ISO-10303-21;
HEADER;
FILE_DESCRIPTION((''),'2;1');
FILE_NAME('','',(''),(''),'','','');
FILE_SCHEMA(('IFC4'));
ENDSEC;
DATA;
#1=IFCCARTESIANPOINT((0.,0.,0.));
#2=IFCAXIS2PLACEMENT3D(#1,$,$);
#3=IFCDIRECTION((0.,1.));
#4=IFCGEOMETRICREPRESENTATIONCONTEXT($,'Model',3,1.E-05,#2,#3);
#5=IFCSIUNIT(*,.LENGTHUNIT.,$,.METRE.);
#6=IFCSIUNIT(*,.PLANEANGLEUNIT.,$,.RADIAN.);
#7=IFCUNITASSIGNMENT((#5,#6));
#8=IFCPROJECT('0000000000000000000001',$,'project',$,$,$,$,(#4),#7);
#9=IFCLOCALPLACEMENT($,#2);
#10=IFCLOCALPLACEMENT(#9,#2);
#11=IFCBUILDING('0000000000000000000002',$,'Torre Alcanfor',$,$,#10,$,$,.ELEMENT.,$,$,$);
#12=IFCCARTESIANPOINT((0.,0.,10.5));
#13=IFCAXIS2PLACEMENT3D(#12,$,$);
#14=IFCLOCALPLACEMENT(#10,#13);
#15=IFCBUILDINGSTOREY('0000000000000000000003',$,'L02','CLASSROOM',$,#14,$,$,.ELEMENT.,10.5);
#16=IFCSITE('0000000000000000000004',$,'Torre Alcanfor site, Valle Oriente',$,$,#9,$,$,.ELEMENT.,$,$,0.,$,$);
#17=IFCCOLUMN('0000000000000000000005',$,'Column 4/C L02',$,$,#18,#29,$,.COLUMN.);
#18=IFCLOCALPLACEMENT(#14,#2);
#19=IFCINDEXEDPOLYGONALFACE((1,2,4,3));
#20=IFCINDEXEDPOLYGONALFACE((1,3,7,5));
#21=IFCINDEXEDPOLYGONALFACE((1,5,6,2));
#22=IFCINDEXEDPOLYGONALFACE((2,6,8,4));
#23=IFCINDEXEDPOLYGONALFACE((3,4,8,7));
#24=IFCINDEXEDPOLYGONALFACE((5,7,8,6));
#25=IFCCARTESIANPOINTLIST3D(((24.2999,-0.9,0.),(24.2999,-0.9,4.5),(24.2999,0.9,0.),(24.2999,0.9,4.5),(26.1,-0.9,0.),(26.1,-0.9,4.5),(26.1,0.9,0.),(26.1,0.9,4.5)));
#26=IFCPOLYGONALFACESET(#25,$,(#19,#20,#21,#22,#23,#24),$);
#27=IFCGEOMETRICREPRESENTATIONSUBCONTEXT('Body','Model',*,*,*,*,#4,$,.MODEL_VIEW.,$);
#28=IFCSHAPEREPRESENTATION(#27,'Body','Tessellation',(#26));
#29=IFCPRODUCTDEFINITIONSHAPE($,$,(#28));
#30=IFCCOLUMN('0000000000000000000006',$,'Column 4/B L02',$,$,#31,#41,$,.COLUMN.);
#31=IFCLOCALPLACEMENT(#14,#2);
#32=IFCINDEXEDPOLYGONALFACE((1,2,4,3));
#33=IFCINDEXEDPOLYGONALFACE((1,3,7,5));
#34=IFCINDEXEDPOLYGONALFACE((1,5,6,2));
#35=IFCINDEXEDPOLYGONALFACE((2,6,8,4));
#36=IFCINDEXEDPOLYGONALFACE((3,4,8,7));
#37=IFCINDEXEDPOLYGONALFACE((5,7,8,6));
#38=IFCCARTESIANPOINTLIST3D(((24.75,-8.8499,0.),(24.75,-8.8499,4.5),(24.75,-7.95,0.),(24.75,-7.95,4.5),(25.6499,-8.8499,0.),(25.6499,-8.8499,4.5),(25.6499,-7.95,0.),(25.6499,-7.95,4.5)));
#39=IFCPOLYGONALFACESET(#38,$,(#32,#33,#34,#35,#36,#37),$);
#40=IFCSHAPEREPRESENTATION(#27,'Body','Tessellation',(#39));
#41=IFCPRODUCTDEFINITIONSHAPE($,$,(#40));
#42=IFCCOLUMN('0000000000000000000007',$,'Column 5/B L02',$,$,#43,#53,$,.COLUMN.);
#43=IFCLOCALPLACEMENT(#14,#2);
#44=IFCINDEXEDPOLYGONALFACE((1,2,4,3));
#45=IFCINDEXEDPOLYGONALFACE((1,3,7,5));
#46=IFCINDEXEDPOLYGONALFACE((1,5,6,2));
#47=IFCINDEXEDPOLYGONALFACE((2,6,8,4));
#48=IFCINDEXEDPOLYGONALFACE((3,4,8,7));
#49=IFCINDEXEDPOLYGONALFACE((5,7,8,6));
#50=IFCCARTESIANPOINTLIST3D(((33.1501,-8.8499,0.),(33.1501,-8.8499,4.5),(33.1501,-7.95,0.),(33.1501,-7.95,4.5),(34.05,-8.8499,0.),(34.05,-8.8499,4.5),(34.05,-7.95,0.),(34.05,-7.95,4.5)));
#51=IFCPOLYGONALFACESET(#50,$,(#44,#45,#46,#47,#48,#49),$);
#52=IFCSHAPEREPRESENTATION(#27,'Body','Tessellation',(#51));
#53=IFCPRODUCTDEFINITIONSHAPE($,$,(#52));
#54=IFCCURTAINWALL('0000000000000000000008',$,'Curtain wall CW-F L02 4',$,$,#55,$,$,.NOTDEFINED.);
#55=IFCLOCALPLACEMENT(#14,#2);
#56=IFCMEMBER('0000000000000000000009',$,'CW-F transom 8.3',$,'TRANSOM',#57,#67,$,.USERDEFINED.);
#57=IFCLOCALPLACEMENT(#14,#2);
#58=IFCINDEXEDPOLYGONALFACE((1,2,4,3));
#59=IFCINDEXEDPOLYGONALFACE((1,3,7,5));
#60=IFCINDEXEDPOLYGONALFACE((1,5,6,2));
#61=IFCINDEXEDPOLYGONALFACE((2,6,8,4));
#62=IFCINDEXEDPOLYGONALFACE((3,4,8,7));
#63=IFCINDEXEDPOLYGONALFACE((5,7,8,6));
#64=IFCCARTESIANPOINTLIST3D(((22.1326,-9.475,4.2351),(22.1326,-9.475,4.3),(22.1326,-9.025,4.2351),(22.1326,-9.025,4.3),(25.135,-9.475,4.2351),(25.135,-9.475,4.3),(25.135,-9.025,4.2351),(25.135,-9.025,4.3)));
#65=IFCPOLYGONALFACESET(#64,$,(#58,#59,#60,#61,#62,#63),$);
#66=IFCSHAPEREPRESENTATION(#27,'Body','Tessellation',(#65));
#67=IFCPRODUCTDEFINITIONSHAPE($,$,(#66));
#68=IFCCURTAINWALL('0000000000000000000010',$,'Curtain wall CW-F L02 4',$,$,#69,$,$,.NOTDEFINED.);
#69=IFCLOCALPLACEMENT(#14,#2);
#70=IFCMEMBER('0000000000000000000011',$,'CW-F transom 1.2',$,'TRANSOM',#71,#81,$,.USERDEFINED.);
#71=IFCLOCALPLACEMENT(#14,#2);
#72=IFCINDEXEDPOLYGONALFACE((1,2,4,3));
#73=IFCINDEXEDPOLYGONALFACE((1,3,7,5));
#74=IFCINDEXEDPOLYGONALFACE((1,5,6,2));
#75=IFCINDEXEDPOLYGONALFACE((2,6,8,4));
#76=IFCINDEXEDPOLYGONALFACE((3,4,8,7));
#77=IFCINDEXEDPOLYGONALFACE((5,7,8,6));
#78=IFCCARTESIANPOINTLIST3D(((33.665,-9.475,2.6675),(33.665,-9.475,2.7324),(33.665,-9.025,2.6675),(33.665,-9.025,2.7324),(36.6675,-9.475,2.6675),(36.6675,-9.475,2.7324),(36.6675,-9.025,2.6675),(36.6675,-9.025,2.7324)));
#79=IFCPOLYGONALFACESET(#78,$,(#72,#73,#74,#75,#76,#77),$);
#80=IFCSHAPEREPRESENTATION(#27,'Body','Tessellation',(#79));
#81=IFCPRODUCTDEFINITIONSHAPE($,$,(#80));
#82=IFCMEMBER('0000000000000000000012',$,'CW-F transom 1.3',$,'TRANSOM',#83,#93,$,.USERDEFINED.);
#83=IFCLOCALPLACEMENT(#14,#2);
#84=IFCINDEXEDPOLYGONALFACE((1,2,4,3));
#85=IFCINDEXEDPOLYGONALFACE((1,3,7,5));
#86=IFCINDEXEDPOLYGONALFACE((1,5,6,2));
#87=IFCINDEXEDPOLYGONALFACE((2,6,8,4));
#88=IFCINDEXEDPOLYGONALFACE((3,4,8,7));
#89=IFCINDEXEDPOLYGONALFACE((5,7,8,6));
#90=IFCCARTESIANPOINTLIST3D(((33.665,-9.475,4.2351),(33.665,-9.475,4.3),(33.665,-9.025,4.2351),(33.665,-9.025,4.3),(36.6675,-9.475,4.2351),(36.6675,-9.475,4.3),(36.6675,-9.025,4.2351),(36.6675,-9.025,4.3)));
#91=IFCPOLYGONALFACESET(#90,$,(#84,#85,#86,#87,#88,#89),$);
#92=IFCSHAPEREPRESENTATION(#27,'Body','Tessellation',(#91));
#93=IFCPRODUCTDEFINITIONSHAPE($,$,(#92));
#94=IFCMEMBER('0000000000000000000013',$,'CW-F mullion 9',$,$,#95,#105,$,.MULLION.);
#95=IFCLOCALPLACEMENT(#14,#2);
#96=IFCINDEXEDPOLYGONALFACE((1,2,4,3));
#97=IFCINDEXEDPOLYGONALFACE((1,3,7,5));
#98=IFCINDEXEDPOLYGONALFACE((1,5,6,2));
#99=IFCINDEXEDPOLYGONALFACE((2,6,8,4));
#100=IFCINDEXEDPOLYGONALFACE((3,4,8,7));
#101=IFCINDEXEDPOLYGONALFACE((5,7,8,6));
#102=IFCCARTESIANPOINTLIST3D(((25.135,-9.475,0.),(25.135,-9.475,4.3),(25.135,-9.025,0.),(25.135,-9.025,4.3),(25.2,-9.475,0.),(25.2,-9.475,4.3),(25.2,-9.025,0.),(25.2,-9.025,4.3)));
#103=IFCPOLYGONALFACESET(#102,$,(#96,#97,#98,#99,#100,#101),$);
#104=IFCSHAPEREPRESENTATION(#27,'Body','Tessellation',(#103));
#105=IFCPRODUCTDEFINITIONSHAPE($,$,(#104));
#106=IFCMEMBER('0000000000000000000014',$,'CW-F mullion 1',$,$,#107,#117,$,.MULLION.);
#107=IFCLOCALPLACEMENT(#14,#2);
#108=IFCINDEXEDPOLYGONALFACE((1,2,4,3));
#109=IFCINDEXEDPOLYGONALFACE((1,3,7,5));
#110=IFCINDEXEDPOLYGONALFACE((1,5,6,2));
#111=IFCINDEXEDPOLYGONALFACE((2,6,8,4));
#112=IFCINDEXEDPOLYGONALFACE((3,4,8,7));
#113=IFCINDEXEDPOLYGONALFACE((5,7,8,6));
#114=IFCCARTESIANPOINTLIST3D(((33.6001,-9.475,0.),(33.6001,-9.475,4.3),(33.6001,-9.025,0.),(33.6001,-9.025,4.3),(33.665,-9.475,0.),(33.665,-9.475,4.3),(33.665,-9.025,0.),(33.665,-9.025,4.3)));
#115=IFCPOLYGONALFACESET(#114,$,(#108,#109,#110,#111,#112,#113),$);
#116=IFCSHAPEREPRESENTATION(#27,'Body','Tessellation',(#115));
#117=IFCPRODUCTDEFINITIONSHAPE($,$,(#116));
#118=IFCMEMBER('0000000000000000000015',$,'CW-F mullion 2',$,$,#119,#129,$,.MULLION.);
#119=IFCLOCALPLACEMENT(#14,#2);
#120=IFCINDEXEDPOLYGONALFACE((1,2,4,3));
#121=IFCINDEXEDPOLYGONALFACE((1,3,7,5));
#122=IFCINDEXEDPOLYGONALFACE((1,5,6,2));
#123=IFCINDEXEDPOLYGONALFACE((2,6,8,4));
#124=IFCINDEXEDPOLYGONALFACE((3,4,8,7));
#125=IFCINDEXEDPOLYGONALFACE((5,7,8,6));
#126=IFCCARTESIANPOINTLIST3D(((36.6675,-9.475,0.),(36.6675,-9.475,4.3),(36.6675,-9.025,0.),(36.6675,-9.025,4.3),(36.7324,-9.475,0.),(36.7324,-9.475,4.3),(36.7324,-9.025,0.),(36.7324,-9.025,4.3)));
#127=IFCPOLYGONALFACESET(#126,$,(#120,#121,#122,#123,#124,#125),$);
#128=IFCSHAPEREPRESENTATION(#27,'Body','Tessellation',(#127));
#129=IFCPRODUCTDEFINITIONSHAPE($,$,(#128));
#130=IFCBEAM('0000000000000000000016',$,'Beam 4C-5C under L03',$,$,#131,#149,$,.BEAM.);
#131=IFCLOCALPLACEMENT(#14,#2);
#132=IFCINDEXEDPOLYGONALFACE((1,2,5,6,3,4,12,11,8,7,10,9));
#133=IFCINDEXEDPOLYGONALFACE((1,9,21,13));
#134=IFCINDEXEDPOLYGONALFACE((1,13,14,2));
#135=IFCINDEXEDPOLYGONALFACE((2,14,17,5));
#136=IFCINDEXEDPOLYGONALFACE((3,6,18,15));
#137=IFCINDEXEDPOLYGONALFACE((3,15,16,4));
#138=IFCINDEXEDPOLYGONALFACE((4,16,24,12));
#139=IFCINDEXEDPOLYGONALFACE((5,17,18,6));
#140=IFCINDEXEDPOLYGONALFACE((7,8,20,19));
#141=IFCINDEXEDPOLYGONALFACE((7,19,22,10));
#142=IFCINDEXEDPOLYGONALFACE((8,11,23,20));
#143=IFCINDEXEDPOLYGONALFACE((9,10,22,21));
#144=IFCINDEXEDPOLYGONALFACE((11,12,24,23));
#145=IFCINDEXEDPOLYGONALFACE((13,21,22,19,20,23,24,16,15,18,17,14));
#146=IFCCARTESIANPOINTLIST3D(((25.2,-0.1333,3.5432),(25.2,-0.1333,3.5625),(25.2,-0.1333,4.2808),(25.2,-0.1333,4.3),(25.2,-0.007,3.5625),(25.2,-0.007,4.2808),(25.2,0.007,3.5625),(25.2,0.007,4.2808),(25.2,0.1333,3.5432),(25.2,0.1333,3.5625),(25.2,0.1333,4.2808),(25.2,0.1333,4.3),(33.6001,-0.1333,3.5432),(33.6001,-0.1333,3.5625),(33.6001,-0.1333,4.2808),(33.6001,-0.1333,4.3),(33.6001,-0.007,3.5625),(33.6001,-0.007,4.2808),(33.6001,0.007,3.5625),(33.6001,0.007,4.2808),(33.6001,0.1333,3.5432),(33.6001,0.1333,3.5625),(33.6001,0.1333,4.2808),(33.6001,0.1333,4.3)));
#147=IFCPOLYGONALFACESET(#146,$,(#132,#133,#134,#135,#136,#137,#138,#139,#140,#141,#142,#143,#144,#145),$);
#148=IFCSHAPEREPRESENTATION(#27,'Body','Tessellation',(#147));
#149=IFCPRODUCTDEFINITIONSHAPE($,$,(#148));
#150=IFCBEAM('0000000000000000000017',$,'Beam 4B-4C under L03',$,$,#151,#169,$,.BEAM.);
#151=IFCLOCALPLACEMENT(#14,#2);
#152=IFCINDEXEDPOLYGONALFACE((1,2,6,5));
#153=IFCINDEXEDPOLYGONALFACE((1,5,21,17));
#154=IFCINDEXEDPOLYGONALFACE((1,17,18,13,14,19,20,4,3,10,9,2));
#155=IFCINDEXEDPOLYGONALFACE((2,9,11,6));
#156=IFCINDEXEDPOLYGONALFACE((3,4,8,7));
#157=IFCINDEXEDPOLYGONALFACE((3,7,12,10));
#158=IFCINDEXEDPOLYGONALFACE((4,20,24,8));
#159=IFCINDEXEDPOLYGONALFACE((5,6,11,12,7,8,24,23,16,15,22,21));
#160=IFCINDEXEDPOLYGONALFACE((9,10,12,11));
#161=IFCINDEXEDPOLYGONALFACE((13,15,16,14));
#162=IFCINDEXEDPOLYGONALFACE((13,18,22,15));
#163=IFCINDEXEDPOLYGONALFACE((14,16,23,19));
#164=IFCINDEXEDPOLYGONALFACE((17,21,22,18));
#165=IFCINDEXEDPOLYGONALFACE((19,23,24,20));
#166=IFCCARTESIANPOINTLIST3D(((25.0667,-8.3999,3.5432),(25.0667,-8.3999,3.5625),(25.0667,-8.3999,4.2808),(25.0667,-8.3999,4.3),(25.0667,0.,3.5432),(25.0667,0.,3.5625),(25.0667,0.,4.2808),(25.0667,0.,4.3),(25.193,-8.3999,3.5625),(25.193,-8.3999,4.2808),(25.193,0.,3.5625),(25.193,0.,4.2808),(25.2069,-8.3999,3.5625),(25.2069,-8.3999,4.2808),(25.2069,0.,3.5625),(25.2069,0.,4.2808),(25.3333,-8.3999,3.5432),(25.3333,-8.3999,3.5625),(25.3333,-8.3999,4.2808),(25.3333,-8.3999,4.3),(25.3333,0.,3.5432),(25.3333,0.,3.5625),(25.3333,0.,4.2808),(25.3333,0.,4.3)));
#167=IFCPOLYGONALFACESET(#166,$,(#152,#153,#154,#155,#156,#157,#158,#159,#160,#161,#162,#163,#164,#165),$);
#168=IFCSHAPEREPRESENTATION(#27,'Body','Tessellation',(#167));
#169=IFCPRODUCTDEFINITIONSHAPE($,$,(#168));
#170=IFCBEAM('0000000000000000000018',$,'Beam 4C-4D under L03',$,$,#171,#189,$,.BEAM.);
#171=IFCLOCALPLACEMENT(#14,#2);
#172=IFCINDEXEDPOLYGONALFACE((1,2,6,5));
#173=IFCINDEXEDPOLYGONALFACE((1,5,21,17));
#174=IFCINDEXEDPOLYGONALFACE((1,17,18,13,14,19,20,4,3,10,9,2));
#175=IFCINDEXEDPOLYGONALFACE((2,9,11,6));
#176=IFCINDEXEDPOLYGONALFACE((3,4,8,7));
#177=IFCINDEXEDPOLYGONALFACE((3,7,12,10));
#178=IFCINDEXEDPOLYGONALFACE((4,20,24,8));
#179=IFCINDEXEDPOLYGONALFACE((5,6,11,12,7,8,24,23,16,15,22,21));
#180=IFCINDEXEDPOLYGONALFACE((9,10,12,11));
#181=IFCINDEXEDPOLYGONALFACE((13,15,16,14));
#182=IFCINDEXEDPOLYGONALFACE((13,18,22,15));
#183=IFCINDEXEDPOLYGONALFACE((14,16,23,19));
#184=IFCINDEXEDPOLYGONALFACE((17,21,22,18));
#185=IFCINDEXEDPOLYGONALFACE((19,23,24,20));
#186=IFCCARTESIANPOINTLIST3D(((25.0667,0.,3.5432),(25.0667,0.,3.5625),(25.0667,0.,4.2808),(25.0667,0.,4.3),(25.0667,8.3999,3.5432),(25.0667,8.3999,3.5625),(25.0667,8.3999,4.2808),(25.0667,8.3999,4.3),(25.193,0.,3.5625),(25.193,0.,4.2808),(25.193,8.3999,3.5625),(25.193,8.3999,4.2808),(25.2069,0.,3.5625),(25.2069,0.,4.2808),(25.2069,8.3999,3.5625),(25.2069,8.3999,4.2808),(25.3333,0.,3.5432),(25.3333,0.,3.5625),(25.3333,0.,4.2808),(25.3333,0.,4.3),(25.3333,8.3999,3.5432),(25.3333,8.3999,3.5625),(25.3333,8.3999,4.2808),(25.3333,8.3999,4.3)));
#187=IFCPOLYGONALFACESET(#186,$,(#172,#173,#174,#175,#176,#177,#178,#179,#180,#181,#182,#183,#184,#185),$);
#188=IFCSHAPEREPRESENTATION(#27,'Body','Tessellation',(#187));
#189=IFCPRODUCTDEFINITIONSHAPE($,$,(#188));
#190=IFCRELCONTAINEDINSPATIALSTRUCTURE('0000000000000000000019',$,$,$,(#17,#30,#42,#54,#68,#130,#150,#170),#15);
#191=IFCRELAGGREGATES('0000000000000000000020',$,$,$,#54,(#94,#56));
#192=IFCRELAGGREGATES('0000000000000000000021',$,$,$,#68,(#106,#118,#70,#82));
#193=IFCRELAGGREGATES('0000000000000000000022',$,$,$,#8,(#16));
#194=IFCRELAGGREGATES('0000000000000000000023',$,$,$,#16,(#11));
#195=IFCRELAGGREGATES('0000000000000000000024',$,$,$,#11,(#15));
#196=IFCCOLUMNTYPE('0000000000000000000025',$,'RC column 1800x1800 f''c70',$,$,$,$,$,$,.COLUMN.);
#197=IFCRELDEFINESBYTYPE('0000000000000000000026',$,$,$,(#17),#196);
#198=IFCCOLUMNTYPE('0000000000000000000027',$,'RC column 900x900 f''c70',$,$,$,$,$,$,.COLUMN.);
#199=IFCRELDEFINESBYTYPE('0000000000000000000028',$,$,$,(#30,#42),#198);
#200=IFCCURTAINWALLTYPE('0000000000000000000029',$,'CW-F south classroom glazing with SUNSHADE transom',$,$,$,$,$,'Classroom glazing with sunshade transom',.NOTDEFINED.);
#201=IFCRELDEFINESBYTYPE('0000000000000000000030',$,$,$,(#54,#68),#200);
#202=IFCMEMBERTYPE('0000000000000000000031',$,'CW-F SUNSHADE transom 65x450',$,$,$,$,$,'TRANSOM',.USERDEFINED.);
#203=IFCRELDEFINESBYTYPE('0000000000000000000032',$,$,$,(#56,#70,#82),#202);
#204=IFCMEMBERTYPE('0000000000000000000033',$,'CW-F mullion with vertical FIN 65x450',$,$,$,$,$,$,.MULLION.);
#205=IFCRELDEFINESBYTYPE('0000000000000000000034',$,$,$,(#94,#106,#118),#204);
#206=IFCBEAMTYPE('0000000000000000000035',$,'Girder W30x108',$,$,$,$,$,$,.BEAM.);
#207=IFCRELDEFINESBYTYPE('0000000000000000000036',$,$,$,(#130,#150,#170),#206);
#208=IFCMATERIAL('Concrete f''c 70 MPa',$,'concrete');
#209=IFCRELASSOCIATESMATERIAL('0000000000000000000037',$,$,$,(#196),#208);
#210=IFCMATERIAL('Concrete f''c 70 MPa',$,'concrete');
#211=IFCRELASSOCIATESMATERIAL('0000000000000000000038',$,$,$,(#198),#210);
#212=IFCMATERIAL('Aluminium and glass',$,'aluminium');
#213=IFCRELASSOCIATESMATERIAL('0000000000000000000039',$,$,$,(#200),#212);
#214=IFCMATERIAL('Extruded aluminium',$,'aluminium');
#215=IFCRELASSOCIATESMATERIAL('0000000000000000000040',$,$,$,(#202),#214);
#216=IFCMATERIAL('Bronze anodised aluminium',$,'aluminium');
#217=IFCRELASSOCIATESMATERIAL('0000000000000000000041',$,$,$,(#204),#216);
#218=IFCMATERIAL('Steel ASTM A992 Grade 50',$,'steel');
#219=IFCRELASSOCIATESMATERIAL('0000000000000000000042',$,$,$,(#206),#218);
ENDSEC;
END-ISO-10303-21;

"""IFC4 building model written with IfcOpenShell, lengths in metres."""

from ifc_helpers import new_model, si_unit, direction, frame, origin, origin_2d, place, context, subcontext, project, spatial, rectangle, i_section, extrude, material, material_profile, profile_set, type_object, element, aggregate, save


model = new_model("IFC4")

# Units and contexts
model_context = context("Model", 3, precision=1e-05, world=origin(), true_north=direction((0.0, 1.0)))
body_context = subcontext(model_context, "Body", "Model", "MODEL_VIEW")
ifc_project = project(units=[si_unit("LENGTHUNIT", "METRE"), si_unit("PLANEANGLEUNIT", "RADIAN")], contexts=[model_context])

# Site, building, storey
site_placement = place(None, origin())
site = spatial("IfcSite", under=ifc_project, at=site_placement, Name="Torre Alcanfor site, Valle Oriente", CompositionType="ELEMENT", RefElevation=0.0)
building_placement = place(site_placement, origin())
building = spatial("IfcBuilding", under=site, at=building_placement, Name="Torre Alcanfor", CompositionType="ELEMENT")
storey_placement = place(building_placement, frame((0.0, 0.0, 10.5)))
storey = spatial("IfcBuildingStorey", under=building, at=storey_placement, Name="L02", Description="CLASSROOM", CompositionType="ELEMENT", Elevation=10.5)

# Columns
ifc_material_1 = material(Name="Concrete f'c 70 MPa", Category="concrete")
ifc_material_profile_1 = material_profile(ifc_material_1, rectangle(XDim=1.8, YDim=1.8, at=origin_2d()), Name="1800x1800")
ifc_profile_set_1 = profile_set([ifc_material_profile_1], Name="Concrete f'c 70 MPa")
column_type_1 = type_object("IfcColumnType", Name="RC column 1800x1800 f'c70", PredefinedType="COLUMN", material=ifc_profile_set_1)
column_placement = place(storey_placement, frame((25.2, 0.0, 0.0), z_axis=(0.0, 0.0, 1.0), x_axis=(1.0, 0.0, 0.0)))
element("IfcColumn", 1, at=column_placement, inside=storey, type_object=column_type_1, Name="Column 4/C L02", PredefinedType="COLUMN", context=body_context, shape_type="SweptSolid", body=[
    extrude(rectangle(XDim=1.8, YDim=1.8, at=origin_2d()), origin(), (0.0, 0.0, 1.0), 4.5),
])
ifc_material_2 = material(Name="Concrete f'c 70 MPa", Category="concrete")
ifc_material_profile_2 = material_profile(ifc_material_2, rectangle(XDim=0.8999, YDim=0.8999, at=origin_2d()), Name="900x900")
ifc_profile_set_2 = profile_set([ifc_material_profile_2], Name="Concrete f'c 70 MPa")
column_type_2 = type_object("IfcColumnType", Name="RC column 900x900 f'c70", PredefinedType="COLUMN", material=ifc_profile_set_2)
for number, where, z_axis, x_axis, name in (
    (2, (25.2, -8.3999, 0.0), (0.0, 0.0, 1.0), (1.0, 0.0, 0.0), "Column 4/B L02"),
    (3, (33.6001, -8.3999, 0.0), (0.0, 0.0, 1.0), (1.0, 0.0, 0.0), "Column 5/B L02"),
):
    element("IfcColumn", number, at=place(storey_placement, frame(where, z_axis=z_axis, x_axis=x_axis)), inside=storey, type_object=column_type_2, Name=name, PredefinedType="COLUMN", context=body_context, shape_type="SweptSolid", body=[
        extrude(rectangle(XDim=0.8999, YDim=0.8999, at=origin_2d()), origin(), (0.0, 0.0, 1.0), 4.5),
    ])

# Curtain wall, member
ifc_material_3 = material(Name="Aluminium and glass", Category="aluminium")
curtain_wall_type = type_object("IfcCurtainWallType", Name="CW-F south classroom glazing with SUNSHADE transom", ElementType="Classroom glazing with sunshade transom", PredefinedType="NOTDEFINED", material=ifc_material_3)
curtain_wall_1_placement = place(storey_placement, origin())
curtain_wall_1 = element("IfcCurtainWall", 4, at=curtain_wall_1_placement, inside=storey, type_object=curtain_wall_type, Name="Curtain wall CW-F L02 4", PredefinedType="NOTDEFINED")
ifc_material_4 = material(Name="Extruded aluminium", Category="aluminium")
ifc_material_profile_3 = material_profile(ifc_material_4, rectangle(XDim=0.45, YDim=0.0649, at=origin_2d()), Name="CW-F transom 450x65")
ifc_profile_set_3 = profile_set([ifc_material_profile_3], Name="Extruded aluminium")
member_type_1 = type_object("IfcMemberType", Name="CW-F SUNSHADE transom 65x450", ElementType="TRANSOM", PredefinedType="USERDEFINED", material=ifc_profile_set_3)
member_1_placement = place(storey_placement, frame((22.1326, -9.25, 4.2676), z_axis=(1.0, 0.0, 0.0), x_axis=(0.0, 1.0, 0.0)))
member_1 = element("IfcMember", 5, at=member_1_placement, type_object=member_type_1, Name="CW-F transom 8.3", ObjectType="TRANSOM", PredefinedType="USERDEFINED", context=body_context, shape_type="SweptSolid", body=[
    extrude(rectangle(XDim=0.45, YDim=0.0649, at=origin_2d()), origin(), (0.0, 0.0, 1.0), 3.0024),
])

# Curtain wall, members
curtain_wall_2_placement = place(storey_placement, origin())
curtain_wall_2 = element("IfcCurtainWall", 6, at=curtain_wall_2_placement, inside=storey, type_object=curtain_wall_type, Name="Curtain wall CW-F L02 4", PredefinedType="NOTDEFINED")
member_2_placement = place(storey_placement, frame((33.665, -9.25, 2.7), z_axis=(1.0, 0.0, 0.0), x_axis=(0.0, 1.0, 0.0)))
member_2 = element("IfcMember", 7, at=member_2_placement, type_object=member_type_1, Name="CW-F transom 1.2", ObjectType="TRANSOM", PredefinedType="USERDEFINED", context=body_context, shape_type="SweptSolid", body=[
    extrude(rectangle(XDim=0.45, YDim=0.0649, at=origin_2d()), origin(), (0.0, 0.0, 1.0), 3.0024),
])
member_3_placement = place(storey_placement, frame((33.665, -9.25, 4.2676), z_axis=(1.0, 0.0, 0.0), x_axis=(0.0, 1.0, 0.0)))
member_3 = element("IfcMember", 8, at=member_3_placement, type_object=member_type_1, Name="CW-F transom 1.3", ObjectType="TRANSOM", PredefinedType="USERDEFINED", context=body_context, shape_type="SweptSolid", body=[
    extrude(rectangle(XDim=0.45, YDim=0.0649, at=origin_2d()), origin(), (0.0, 0.0, 1.0), 3.0024),
])

# Members
ifc_material_5 = material(Name="Bronze anodised aluminium", Category="aluminium")
ifc_material_profile_4 = material_profile(ifc_material_5, rectangle(XDim=0.45, YDim=0.0649, at=origin_2d()), Name="CW-F mullion 65x450")
ifc_profile_set_4 = profile_set([ifc_material_profile_4], Name="Bronze anodised aluminium")
member_type_2 = type_object("IfcMemberType", Name="CW-F mullion with vertical FIN 65x450", PredefinedType="MULLION", material=ifc_profile_set_4)
member_4_placement = place(storey_placement, frame((25.1675, -9.25, 0.0), z_axis=(0.0, 0.0, 1.0), x_axis=(0.0, 1.0, 0.0)))
member_4 = element("IfcMember", 9, at=member_4_placement, type_object=member_type_2, Name="CW-F mullion 9", PredefinedType="MULLION", context=body_context, shape_type="SweptSolid", body=[
    extrude(rectangle(XDim=0.45, YDim=0.0649, at=origin_2d()), origin(), (0.0, 0.0, 1.0), 4.3),
])
member_5_placement = place(storey_placement, frame((33.6326, -9.25, 0.0), z_axis=(0.0, 0.0, 1.0), x_axis=(0.0, 1.0, 0.0)))
member_5 = element("IfcMember", 10, at=member_5_placement, type_object=member_type_2, Name="CW-F mullion 1", PredefinedType="MULLION", context=body_context, shape_type="SweptSolid", body=[
    extrude(rectangle(XDim=0.45, YDim=0.0649, at=origin_2d()), origin(), (0.0, 0.0, 1.0), 4.3),
])
member_6_placement = place(storey_placement, frame((36.7, -9.25, 0.0), z_axis=(0.0, 0.0, 1.0), x_axis=(0.0, 1.0, 0.0)))
member_6 = element("IfcMember", 11, at=member_6_placement, type_object=member_type_2, Name="CW-F mullion 2", PredefinedType="MULLION", context=body_context, shape_type="SweptSolid", body=[
    extrude(rectangle(XDim=0.45, YDim=0.0649, at=origin_2d()), origin(), (0.0, 0.0, 1.0), 4.3),
])

# Beams
ifc_material_6 = material(Name="Steel ASTM A992 Grade 50", Category="steel")
ifc_material_profile_5 = material_profile(ifc_material_6, i_section(OverallWidth=0.2666, OverallDepth=0.7568, WebThickness=0.0139, FlangeThickness=0.0193, at=origin_2d()), Name="W30x108")
ifc_profile_set_5 = profile_set([ifc_material_profile_5], Name="Steel ASTM A992 Grade 50")
beam_type_1 = type_object("IfcBeamType", Name="Girder W30x108", PredefinedType="BEAM", material=ifc_profile_set_5)
beam_1_placement = place(storey_placement, frame((25.2, 0.0, 3.9216), z_axis=(1.0, 0.0, 0.0), x_axis=(0.0, 1.0, 0.0)))
element("IfcBeam", 12, at=beam_1_placement, inside=storey, type_object=beam_type_1, Name="Beam 4C-5C under L03", PredefinedType="BEAM", context=body_context, shape_type="SweptSolid", body=[
    extrude(i_section(OverallWidth=0.2666, OverallDepth=0.7568, WebThickness=0.0139, FlangeThickness=0.0193, at=origin_2d()), origin(), (0.0, 0.0, 1.0), 8.4001),
])
for number, where, z_axis, x_axis, name in (
    (13, (25.2, -8.3999, 3.9216), (0.0, 1.0, 0.0), (-1.0, 0.0, 0.0), "Beam 4B-4C under L03"),
    (14, (25.2, 0.0, 3.9216), (0.0, 1.0, 0.0), (-1.0, 0.0, 0.0), "Beam 4C-4D under L03"),
):
    element("IfcBeam", number, at=place(storey_placement, frame(where, z_axis=z_axis, x_axis=x_axis)), inside=storey, type_object=beam_type_1, Name=name, PredefinedType="BEAM", context=body_context, shape_type="SweptSolid", body=[
        extrude(i_section(OverallWidth=0.2666, OverallDepth=0.7568, WebThickness=0.0139, FlangeThickness=0.0193, at=origin_2d()), origin(), (0.0, 0.0, 1.0), 8.3999),
    ])

aggregate(curtain_wall_1, [member_4, member_1])
aggregate(curtain_wall_2, [member_5, member_6, member_2, member_3])

save(model, "model.ifc")
